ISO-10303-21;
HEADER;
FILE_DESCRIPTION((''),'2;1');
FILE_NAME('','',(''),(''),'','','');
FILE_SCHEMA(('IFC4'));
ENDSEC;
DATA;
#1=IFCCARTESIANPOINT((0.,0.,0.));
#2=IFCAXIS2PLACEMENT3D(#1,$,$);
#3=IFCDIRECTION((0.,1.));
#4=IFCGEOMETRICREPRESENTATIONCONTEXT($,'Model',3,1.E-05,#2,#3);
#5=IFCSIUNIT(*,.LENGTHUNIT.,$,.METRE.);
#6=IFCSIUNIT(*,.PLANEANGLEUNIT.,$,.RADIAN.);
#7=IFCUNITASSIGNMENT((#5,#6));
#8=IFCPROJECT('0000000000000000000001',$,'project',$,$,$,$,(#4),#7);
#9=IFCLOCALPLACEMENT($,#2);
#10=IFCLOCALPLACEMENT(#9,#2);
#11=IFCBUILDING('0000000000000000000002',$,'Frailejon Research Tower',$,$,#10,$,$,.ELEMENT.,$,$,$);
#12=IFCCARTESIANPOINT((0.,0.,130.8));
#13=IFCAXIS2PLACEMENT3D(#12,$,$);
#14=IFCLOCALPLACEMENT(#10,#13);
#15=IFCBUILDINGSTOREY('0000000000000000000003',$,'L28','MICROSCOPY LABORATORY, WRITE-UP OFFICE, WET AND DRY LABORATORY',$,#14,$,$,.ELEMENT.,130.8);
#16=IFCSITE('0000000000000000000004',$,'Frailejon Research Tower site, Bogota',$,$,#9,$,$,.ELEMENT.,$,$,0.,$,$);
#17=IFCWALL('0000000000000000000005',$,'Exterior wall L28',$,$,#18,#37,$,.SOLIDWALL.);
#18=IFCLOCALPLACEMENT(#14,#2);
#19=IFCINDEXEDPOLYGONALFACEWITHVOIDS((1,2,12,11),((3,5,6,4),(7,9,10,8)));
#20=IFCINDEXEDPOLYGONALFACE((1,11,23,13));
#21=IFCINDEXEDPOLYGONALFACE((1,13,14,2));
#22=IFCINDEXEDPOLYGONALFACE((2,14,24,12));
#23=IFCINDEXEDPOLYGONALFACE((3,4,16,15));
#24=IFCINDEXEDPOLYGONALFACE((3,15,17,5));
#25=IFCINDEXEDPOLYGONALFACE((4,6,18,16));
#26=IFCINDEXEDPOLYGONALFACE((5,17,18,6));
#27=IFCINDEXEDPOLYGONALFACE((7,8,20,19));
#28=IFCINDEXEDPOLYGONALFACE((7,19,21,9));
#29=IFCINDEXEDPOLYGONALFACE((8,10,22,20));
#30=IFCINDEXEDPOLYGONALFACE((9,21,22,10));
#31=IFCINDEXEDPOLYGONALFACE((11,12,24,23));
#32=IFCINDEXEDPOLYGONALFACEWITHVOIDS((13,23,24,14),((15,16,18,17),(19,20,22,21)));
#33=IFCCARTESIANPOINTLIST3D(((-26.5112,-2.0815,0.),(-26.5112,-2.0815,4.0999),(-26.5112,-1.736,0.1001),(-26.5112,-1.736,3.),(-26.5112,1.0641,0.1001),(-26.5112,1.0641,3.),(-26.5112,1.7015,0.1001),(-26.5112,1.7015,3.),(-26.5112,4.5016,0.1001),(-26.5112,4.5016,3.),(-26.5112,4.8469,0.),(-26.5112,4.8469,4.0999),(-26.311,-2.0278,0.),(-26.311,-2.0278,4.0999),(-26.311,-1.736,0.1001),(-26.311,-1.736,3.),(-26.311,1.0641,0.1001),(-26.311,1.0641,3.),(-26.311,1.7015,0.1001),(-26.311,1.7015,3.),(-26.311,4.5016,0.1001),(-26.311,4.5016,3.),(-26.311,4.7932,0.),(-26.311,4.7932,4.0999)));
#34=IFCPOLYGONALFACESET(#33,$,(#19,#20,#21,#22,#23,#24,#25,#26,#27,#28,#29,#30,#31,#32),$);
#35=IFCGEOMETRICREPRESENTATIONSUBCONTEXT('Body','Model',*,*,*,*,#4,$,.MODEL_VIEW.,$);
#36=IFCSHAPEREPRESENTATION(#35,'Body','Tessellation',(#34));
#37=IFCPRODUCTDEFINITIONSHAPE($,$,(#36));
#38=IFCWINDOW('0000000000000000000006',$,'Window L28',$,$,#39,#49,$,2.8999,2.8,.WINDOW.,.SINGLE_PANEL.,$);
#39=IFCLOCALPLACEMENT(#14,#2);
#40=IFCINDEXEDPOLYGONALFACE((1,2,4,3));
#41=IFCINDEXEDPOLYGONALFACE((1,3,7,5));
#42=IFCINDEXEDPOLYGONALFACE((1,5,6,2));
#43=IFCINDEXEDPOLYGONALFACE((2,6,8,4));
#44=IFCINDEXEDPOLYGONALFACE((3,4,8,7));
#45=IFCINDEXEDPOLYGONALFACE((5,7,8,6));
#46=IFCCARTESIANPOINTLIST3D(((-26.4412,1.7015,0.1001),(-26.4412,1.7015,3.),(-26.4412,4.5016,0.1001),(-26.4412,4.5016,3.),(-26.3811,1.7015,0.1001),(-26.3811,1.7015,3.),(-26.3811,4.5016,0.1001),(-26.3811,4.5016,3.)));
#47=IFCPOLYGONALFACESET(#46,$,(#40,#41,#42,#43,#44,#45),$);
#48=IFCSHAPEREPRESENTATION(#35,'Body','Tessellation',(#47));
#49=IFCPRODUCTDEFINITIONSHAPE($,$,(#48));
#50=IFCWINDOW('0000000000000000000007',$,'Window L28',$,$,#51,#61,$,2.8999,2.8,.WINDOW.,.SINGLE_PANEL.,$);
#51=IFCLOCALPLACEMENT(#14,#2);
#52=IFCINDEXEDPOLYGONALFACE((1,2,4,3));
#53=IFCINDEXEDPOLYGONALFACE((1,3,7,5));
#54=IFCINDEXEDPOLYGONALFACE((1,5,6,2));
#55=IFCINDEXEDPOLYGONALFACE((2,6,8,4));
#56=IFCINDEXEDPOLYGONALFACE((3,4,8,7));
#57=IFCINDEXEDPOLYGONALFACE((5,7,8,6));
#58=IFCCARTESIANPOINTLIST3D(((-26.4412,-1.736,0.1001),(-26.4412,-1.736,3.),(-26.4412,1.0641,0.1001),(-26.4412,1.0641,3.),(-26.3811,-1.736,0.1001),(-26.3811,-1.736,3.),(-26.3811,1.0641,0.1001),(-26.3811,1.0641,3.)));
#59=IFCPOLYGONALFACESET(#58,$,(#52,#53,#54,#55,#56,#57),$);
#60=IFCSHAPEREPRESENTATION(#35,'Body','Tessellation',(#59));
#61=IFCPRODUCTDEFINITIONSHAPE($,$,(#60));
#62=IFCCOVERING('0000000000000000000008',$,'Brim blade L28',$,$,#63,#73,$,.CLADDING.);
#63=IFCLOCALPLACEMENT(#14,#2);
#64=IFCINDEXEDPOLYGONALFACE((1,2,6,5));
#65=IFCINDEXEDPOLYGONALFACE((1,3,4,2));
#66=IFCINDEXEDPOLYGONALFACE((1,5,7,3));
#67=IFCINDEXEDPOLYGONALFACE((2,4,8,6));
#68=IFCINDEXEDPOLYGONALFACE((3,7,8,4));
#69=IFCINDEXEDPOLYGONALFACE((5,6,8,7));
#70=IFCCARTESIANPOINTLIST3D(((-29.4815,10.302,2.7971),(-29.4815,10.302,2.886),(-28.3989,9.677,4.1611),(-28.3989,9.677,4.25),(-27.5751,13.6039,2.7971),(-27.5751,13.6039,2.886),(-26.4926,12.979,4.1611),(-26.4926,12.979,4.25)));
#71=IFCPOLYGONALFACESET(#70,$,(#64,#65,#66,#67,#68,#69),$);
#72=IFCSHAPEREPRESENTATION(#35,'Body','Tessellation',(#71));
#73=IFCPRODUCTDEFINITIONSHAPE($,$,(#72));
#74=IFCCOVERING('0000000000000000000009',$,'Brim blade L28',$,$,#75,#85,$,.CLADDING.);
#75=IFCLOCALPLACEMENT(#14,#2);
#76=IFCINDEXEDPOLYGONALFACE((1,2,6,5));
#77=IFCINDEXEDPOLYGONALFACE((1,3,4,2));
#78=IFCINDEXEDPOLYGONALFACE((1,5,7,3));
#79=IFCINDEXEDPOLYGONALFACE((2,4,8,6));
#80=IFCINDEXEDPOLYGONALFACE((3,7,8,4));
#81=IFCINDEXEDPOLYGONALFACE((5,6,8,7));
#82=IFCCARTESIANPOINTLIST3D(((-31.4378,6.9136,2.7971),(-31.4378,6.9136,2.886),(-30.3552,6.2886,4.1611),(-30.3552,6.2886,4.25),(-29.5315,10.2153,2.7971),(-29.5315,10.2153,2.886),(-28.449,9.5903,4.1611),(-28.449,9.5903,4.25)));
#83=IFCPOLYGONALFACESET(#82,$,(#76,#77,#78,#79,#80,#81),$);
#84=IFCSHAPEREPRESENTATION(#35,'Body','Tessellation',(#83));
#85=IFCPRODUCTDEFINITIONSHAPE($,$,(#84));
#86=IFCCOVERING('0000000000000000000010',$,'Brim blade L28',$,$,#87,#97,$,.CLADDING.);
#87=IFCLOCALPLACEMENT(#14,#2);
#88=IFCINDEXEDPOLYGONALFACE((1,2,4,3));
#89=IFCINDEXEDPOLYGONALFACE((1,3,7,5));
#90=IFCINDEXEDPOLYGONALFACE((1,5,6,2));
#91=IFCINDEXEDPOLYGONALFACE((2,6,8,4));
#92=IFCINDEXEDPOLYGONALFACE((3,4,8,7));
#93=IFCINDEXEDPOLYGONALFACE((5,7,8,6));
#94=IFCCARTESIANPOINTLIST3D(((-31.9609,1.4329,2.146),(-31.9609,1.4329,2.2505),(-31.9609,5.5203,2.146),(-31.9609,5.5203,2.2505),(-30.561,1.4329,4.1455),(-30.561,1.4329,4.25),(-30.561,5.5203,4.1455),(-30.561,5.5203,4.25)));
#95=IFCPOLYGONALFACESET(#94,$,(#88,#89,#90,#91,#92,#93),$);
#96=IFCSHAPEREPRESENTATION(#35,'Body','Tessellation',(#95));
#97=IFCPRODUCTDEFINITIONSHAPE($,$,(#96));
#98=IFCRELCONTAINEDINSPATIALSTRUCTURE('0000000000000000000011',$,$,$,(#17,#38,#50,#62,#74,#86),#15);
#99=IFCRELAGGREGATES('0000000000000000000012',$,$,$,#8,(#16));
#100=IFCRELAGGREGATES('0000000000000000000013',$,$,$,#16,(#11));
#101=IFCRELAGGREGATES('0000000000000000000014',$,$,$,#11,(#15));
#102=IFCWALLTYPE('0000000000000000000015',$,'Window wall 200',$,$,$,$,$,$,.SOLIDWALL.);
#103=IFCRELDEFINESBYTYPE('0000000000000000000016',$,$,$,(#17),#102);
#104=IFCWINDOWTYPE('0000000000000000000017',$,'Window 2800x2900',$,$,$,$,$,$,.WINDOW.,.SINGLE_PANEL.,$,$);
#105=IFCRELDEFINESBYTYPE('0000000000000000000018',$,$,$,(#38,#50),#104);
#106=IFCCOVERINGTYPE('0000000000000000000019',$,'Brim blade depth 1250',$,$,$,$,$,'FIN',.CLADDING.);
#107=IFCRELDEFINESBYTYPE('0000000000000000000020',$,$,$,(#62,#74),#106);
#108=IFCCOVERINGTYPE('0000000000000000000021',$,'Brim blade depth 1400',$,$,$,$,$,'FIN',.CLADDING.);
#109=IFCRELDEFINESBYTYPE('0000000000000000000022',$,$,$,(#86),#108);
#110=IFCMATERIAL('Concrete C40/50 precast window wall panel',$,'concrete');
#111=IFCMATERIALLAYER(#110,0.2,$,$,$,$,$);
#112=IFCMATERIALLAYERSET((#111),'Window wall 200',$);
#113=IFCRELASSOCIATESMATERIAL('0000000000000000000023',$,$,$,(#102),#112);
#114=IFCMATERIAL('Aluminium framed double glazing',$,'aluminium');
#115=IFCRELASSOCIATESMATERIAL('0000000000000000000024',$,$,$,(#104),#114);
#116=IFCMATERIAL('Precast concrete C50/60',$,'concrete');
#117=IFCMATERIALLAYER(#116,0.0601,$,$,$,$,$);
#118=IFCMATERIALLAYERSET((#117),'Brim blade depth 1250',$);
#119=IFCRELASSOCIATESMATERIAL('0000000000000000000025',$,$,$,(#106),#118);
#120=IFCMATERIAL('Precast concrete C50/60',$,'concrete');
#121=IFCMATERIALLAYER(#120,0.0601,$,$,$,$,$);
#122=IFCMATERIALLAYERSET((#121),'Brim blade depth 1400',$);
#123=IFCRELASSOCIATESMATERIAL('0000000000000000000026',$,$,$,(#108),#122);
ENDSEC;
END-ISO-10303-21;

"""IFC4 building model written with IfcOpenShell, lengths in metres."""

from ifc_helpers import new_model, si_unit, direction, frame, frame_2d, origin, place, context, subcontext, project, spatial, polyline, rectangle, outline, extrude, material, layer, layer_set, type_object, element, fill, save


model = new_model("IFC4")

# Units and contexts
model_context = context("Model", 3, precision=1e-05, world=origin(), true_north=direction((0.0, 1.0)))
body_context = subcontext(model_context, "Body", "Model", "MODEL_VIEW")
ifc_project = project(units=[si_unit("LENGTHUNIT", "METRE"), si_unit("PLANEANGLEUNIT", "RADIAN")], contexts=[model_context])

# Site, building, storey
site_placement = place(None, origin())
site = spatial("IfcSite", under=ifc_project, at=site_placement, Name="Frailejon Research Tower site, Bogota", CompositionType="ELEMENT", RefElevation=0.0)
building_placement = place(site_placement, origin())
building = spatial("IfcBuilding", under=site, at=building_placement, Name="Frailejon Research Tower", CompositionType="ELEMENT")
storey_placement = place(building_placement, frame((0.0, 0.0, 130.8)))
storey = spatial("IfcBuildingStorey", under=building, at=storey_placement, Name="L28", Description="MICROSCOPY LABORATORY, WRITE-UP OFFICE, WET AND DRY LABORATORY", CompositionType="ELEMENT", Elevation=130.8)

# Wall, openings, windows
ifc_material_1 = material(Name="Concrete C40/50 precast window wall panel", Category="concrete")
ifc_layer_1 = layer(ifc_material_1, 0.2)
ifc_layer_set_1 = layer_set([ifc_layer_1], Name="Window wall 200")
wall_type_1 = type_object("IfcWallType", Name="Window wall 200", PredefinedType="SOLIDWALL", material=ifc_layer_set_1)
wall_1_placement = place(storey_placement, frame((-26.4111, 4.8201, 0.0), z_axis=(0.0, 0.0, 1.0), x_axis=(0.0, -1.0, 0.0)))
wall_1 = element("IfcWall", 1, at=wall_1_placement, inside=storey, type_object=wall_type_1, Name="Exterior wall L28", PredefinedType="SOLIDWALL", context=body_context, shape_type="SweptSolid", body=[
    extrude(outline(polyline([(-0.0269, -0.1001), (1.1279, -0.1001), (2.2827, -0.1001), (3.4375, -0.1001), (4.592, -0.1001), (5.7468, -0.1001), (6.9016, -0.1001), (6.8479, 0.1001), (5.7109, 0.1001), (4.5742, 0.1001), (3.4375, 0.1001), (2.3005, 0.1001), (1.1636, 0.1001), (0.0269, 0.1001), (-0.0269, -0.1001)])), origin(), (0.0, 0.0, 1.0), 4.0999),
])
opening_1_placement = place(wall_1_placement, frame((0.3186, 0.0, 0.1001)))
opening_1 = element("IfcOpeningElement", 2, at=opening_1_placement, cuts=wall_1, PredefinedType="OPENING", context=body_context, shape_type="SweptSolid", body=[
    extrude(rectangle(XDim=2.8, YDim=2.8999, at=frame_2d((1.3999, 1.45))), frame((0.0, 0.1099, 0.0), z_axis=(0.0, -1.0, 0.0), x_axis=(1.0, 0.0, 0.0)), (0.0, 0.0, 1.0), 0.22),
])
opening_2_placement = place(wall_1_placement, frame((3.7561, 0.0, 0.1001)))
opening_2 = element("IfcOpeningElement", 3, at=opening_2_placement, cuts=wall_1, PredefinedType="OPENING", context=body_context, shape_type="SweptSolid", body=[
    extrude(rectangle(XDim=2.8, YDim=2.8999, at=frame_2d((1.3999, 1.45))), frame((0.0, 0.1099, 0.0), z_axis=(0.0, -1.0, 0.0), x_axis=(1.0, 0.0, 0.0)), (0.0, 0.0, 1.0), 0.22),
])
ifc_material_2 = material(Name="Aluminium framed double glazing", Category="aluminium")
window_type = type_object("IfcWindowType", Name="Window 2800x2900", PartitioningType="SINGLE_PANEL", PredefinedType="WINDOW", material=ifc_material_2)
window_1_placement = place(opening_1_placement, origin())
window_1 = element("IfcWindow", 4, at=window_1_placement, inside=storey, type_object=window_type, Name="Window L28", OverallHeight=2.8999, OverallWidth=2.8, PartitioningType="SINGLE_PANEL", PredefinedType="WINDOW", context=body_context, shape_type="SweptSolid", body=[
    extrude(rectangle(XDim=2.8, YDim=2.8999, at=frame_2d((1.3999, 1.45))), frame((0.0, 0.03, 0.0), z_axis=(0.0, -1.0, 0.0), x_axis=(1.0, 0.0, 0.0)), (0.0, 0.0, 1.0), 0.0601),
])
fill(opening_1, window_1)
window_2_placement = place(opening_2_placement, origin())
window_2 = element("IfcWindow", 5, at=window_2_placement, inside=storey, type_object=window_type, Name="Window L28", OverallHeight=2.8999, OverallWidth=2.8, PartitioningType="SINGLE_PANEL", PredefinedType="WINDOW", context=body_context, shape_type="SweptSolid", body=[
    extrude(rectangle(XDim=2.8, YDim=2.8999, at=frame_2d((1.3999, 1.45))), frame((0.0, 0.03, 0.0), z_axis=(0.0, -1.0, 0.0), x_axis=(1.0, 0.0, 0.0)), (0.0, 0.0, 1.0), 0.0601),
])
fill(opening_2, window_2)

# Coverings
ifc_material_3 = material(Name="Precast concrete C50/60", Category="concrete")
ifc_layer_2 = layer(ifc_material_3, 0.0601)
ifc_layer_set_2 = layer_set([ifc_layer_2], Name="Brim blade depth 1250")
covering_type_1 = type_object("IfcCoveringType", Name="Brim blade depth 1250", ElementType="FIN", PredefinedType="CLADDING", material=ifc_layer_set_2)
covering_1_placement = place(storey_placement, frame((-28.3989, 9.677, 4.25), z_axis=(0.49999, 0.866031, 0.0), x_axis=(-0.866031, 0.49999, 0.0)))
element("IfcCovering", 6, at=covering_1_placement, inside=storey, type_object=covering_type_1, Name="Brim blade L28", PredefinedType="CLADDING", context=body_context, shape_type="SweptSolid", body=[
    extrude(outline(polyline([(0.0, -0.0889), (1.25, -1.4529), (1.25, -1.364), (0.0, 0.0), (0.0, -0.0889)])), origin(), (0.0, 0.0, 1.0), 3.8127),
])
covering_2_placement = place(storey_placement, frame((-30.3552, 6.2886, 4.25), z_axis=(0.500001, 0.866025, 0.0), x_axis=(-0.866025, 0.500001, 0.0)))
element("IfcCovering", 7, at=covering_2_placement, inside=storey, type_object=covering_type_1, Name="Brim blade L28", PredefinedType="CLADDING", context=body_context, shape_type="SweptSolid", body=[
    extrude(outline(polyline([(0.0, -0.0889), (1.25, -1.4529), (1.25, -1.364), (0.0, 0.0), (0.0, -0.0889)])), origin(), (0.0, 0.0, 1.0), 3.8125),
])
ifc_material_4 = material(Name="Precast concrete C50/60", Category="concrete")
ifc_layer_3 = layer(ifc_material_4, 0.0601)
ifc_layer_set_3 = layer_set([ifc_layer_3], Name="Brim blade depth 1400")
covering_type_2 = type_object("IfcCoveringType", Name="Brim blade depth 1400", ElementType="FIN", PredefinedType="CLADDING", material=ifc_layer_set_3)
covering_3_placement = place(storey_placement, frame((-30.561, 1.4329, 4.25), z_axis=(0.0, 1.0, 0.0), x_axis=(-1.0, 0.0, 0.0)))
element("IfcCovering", 8, at=covering_3_placement, inside=storey, type_object=covering_type_2, Name="Brim blade L28", PredefinedType="CLADDING", context=body_context, shape_type="SweptSolid", body=[
    extrude(outline(polyline([(0.0, -0.1045), (1.3999, -2.104), (1.3999, -1.9995), (0.0, 0.0), (0.0, -0.1045)])), origin(), (0.0, 0.0, 1.0), 4.0874),
])

save(model, "model.ifc")
